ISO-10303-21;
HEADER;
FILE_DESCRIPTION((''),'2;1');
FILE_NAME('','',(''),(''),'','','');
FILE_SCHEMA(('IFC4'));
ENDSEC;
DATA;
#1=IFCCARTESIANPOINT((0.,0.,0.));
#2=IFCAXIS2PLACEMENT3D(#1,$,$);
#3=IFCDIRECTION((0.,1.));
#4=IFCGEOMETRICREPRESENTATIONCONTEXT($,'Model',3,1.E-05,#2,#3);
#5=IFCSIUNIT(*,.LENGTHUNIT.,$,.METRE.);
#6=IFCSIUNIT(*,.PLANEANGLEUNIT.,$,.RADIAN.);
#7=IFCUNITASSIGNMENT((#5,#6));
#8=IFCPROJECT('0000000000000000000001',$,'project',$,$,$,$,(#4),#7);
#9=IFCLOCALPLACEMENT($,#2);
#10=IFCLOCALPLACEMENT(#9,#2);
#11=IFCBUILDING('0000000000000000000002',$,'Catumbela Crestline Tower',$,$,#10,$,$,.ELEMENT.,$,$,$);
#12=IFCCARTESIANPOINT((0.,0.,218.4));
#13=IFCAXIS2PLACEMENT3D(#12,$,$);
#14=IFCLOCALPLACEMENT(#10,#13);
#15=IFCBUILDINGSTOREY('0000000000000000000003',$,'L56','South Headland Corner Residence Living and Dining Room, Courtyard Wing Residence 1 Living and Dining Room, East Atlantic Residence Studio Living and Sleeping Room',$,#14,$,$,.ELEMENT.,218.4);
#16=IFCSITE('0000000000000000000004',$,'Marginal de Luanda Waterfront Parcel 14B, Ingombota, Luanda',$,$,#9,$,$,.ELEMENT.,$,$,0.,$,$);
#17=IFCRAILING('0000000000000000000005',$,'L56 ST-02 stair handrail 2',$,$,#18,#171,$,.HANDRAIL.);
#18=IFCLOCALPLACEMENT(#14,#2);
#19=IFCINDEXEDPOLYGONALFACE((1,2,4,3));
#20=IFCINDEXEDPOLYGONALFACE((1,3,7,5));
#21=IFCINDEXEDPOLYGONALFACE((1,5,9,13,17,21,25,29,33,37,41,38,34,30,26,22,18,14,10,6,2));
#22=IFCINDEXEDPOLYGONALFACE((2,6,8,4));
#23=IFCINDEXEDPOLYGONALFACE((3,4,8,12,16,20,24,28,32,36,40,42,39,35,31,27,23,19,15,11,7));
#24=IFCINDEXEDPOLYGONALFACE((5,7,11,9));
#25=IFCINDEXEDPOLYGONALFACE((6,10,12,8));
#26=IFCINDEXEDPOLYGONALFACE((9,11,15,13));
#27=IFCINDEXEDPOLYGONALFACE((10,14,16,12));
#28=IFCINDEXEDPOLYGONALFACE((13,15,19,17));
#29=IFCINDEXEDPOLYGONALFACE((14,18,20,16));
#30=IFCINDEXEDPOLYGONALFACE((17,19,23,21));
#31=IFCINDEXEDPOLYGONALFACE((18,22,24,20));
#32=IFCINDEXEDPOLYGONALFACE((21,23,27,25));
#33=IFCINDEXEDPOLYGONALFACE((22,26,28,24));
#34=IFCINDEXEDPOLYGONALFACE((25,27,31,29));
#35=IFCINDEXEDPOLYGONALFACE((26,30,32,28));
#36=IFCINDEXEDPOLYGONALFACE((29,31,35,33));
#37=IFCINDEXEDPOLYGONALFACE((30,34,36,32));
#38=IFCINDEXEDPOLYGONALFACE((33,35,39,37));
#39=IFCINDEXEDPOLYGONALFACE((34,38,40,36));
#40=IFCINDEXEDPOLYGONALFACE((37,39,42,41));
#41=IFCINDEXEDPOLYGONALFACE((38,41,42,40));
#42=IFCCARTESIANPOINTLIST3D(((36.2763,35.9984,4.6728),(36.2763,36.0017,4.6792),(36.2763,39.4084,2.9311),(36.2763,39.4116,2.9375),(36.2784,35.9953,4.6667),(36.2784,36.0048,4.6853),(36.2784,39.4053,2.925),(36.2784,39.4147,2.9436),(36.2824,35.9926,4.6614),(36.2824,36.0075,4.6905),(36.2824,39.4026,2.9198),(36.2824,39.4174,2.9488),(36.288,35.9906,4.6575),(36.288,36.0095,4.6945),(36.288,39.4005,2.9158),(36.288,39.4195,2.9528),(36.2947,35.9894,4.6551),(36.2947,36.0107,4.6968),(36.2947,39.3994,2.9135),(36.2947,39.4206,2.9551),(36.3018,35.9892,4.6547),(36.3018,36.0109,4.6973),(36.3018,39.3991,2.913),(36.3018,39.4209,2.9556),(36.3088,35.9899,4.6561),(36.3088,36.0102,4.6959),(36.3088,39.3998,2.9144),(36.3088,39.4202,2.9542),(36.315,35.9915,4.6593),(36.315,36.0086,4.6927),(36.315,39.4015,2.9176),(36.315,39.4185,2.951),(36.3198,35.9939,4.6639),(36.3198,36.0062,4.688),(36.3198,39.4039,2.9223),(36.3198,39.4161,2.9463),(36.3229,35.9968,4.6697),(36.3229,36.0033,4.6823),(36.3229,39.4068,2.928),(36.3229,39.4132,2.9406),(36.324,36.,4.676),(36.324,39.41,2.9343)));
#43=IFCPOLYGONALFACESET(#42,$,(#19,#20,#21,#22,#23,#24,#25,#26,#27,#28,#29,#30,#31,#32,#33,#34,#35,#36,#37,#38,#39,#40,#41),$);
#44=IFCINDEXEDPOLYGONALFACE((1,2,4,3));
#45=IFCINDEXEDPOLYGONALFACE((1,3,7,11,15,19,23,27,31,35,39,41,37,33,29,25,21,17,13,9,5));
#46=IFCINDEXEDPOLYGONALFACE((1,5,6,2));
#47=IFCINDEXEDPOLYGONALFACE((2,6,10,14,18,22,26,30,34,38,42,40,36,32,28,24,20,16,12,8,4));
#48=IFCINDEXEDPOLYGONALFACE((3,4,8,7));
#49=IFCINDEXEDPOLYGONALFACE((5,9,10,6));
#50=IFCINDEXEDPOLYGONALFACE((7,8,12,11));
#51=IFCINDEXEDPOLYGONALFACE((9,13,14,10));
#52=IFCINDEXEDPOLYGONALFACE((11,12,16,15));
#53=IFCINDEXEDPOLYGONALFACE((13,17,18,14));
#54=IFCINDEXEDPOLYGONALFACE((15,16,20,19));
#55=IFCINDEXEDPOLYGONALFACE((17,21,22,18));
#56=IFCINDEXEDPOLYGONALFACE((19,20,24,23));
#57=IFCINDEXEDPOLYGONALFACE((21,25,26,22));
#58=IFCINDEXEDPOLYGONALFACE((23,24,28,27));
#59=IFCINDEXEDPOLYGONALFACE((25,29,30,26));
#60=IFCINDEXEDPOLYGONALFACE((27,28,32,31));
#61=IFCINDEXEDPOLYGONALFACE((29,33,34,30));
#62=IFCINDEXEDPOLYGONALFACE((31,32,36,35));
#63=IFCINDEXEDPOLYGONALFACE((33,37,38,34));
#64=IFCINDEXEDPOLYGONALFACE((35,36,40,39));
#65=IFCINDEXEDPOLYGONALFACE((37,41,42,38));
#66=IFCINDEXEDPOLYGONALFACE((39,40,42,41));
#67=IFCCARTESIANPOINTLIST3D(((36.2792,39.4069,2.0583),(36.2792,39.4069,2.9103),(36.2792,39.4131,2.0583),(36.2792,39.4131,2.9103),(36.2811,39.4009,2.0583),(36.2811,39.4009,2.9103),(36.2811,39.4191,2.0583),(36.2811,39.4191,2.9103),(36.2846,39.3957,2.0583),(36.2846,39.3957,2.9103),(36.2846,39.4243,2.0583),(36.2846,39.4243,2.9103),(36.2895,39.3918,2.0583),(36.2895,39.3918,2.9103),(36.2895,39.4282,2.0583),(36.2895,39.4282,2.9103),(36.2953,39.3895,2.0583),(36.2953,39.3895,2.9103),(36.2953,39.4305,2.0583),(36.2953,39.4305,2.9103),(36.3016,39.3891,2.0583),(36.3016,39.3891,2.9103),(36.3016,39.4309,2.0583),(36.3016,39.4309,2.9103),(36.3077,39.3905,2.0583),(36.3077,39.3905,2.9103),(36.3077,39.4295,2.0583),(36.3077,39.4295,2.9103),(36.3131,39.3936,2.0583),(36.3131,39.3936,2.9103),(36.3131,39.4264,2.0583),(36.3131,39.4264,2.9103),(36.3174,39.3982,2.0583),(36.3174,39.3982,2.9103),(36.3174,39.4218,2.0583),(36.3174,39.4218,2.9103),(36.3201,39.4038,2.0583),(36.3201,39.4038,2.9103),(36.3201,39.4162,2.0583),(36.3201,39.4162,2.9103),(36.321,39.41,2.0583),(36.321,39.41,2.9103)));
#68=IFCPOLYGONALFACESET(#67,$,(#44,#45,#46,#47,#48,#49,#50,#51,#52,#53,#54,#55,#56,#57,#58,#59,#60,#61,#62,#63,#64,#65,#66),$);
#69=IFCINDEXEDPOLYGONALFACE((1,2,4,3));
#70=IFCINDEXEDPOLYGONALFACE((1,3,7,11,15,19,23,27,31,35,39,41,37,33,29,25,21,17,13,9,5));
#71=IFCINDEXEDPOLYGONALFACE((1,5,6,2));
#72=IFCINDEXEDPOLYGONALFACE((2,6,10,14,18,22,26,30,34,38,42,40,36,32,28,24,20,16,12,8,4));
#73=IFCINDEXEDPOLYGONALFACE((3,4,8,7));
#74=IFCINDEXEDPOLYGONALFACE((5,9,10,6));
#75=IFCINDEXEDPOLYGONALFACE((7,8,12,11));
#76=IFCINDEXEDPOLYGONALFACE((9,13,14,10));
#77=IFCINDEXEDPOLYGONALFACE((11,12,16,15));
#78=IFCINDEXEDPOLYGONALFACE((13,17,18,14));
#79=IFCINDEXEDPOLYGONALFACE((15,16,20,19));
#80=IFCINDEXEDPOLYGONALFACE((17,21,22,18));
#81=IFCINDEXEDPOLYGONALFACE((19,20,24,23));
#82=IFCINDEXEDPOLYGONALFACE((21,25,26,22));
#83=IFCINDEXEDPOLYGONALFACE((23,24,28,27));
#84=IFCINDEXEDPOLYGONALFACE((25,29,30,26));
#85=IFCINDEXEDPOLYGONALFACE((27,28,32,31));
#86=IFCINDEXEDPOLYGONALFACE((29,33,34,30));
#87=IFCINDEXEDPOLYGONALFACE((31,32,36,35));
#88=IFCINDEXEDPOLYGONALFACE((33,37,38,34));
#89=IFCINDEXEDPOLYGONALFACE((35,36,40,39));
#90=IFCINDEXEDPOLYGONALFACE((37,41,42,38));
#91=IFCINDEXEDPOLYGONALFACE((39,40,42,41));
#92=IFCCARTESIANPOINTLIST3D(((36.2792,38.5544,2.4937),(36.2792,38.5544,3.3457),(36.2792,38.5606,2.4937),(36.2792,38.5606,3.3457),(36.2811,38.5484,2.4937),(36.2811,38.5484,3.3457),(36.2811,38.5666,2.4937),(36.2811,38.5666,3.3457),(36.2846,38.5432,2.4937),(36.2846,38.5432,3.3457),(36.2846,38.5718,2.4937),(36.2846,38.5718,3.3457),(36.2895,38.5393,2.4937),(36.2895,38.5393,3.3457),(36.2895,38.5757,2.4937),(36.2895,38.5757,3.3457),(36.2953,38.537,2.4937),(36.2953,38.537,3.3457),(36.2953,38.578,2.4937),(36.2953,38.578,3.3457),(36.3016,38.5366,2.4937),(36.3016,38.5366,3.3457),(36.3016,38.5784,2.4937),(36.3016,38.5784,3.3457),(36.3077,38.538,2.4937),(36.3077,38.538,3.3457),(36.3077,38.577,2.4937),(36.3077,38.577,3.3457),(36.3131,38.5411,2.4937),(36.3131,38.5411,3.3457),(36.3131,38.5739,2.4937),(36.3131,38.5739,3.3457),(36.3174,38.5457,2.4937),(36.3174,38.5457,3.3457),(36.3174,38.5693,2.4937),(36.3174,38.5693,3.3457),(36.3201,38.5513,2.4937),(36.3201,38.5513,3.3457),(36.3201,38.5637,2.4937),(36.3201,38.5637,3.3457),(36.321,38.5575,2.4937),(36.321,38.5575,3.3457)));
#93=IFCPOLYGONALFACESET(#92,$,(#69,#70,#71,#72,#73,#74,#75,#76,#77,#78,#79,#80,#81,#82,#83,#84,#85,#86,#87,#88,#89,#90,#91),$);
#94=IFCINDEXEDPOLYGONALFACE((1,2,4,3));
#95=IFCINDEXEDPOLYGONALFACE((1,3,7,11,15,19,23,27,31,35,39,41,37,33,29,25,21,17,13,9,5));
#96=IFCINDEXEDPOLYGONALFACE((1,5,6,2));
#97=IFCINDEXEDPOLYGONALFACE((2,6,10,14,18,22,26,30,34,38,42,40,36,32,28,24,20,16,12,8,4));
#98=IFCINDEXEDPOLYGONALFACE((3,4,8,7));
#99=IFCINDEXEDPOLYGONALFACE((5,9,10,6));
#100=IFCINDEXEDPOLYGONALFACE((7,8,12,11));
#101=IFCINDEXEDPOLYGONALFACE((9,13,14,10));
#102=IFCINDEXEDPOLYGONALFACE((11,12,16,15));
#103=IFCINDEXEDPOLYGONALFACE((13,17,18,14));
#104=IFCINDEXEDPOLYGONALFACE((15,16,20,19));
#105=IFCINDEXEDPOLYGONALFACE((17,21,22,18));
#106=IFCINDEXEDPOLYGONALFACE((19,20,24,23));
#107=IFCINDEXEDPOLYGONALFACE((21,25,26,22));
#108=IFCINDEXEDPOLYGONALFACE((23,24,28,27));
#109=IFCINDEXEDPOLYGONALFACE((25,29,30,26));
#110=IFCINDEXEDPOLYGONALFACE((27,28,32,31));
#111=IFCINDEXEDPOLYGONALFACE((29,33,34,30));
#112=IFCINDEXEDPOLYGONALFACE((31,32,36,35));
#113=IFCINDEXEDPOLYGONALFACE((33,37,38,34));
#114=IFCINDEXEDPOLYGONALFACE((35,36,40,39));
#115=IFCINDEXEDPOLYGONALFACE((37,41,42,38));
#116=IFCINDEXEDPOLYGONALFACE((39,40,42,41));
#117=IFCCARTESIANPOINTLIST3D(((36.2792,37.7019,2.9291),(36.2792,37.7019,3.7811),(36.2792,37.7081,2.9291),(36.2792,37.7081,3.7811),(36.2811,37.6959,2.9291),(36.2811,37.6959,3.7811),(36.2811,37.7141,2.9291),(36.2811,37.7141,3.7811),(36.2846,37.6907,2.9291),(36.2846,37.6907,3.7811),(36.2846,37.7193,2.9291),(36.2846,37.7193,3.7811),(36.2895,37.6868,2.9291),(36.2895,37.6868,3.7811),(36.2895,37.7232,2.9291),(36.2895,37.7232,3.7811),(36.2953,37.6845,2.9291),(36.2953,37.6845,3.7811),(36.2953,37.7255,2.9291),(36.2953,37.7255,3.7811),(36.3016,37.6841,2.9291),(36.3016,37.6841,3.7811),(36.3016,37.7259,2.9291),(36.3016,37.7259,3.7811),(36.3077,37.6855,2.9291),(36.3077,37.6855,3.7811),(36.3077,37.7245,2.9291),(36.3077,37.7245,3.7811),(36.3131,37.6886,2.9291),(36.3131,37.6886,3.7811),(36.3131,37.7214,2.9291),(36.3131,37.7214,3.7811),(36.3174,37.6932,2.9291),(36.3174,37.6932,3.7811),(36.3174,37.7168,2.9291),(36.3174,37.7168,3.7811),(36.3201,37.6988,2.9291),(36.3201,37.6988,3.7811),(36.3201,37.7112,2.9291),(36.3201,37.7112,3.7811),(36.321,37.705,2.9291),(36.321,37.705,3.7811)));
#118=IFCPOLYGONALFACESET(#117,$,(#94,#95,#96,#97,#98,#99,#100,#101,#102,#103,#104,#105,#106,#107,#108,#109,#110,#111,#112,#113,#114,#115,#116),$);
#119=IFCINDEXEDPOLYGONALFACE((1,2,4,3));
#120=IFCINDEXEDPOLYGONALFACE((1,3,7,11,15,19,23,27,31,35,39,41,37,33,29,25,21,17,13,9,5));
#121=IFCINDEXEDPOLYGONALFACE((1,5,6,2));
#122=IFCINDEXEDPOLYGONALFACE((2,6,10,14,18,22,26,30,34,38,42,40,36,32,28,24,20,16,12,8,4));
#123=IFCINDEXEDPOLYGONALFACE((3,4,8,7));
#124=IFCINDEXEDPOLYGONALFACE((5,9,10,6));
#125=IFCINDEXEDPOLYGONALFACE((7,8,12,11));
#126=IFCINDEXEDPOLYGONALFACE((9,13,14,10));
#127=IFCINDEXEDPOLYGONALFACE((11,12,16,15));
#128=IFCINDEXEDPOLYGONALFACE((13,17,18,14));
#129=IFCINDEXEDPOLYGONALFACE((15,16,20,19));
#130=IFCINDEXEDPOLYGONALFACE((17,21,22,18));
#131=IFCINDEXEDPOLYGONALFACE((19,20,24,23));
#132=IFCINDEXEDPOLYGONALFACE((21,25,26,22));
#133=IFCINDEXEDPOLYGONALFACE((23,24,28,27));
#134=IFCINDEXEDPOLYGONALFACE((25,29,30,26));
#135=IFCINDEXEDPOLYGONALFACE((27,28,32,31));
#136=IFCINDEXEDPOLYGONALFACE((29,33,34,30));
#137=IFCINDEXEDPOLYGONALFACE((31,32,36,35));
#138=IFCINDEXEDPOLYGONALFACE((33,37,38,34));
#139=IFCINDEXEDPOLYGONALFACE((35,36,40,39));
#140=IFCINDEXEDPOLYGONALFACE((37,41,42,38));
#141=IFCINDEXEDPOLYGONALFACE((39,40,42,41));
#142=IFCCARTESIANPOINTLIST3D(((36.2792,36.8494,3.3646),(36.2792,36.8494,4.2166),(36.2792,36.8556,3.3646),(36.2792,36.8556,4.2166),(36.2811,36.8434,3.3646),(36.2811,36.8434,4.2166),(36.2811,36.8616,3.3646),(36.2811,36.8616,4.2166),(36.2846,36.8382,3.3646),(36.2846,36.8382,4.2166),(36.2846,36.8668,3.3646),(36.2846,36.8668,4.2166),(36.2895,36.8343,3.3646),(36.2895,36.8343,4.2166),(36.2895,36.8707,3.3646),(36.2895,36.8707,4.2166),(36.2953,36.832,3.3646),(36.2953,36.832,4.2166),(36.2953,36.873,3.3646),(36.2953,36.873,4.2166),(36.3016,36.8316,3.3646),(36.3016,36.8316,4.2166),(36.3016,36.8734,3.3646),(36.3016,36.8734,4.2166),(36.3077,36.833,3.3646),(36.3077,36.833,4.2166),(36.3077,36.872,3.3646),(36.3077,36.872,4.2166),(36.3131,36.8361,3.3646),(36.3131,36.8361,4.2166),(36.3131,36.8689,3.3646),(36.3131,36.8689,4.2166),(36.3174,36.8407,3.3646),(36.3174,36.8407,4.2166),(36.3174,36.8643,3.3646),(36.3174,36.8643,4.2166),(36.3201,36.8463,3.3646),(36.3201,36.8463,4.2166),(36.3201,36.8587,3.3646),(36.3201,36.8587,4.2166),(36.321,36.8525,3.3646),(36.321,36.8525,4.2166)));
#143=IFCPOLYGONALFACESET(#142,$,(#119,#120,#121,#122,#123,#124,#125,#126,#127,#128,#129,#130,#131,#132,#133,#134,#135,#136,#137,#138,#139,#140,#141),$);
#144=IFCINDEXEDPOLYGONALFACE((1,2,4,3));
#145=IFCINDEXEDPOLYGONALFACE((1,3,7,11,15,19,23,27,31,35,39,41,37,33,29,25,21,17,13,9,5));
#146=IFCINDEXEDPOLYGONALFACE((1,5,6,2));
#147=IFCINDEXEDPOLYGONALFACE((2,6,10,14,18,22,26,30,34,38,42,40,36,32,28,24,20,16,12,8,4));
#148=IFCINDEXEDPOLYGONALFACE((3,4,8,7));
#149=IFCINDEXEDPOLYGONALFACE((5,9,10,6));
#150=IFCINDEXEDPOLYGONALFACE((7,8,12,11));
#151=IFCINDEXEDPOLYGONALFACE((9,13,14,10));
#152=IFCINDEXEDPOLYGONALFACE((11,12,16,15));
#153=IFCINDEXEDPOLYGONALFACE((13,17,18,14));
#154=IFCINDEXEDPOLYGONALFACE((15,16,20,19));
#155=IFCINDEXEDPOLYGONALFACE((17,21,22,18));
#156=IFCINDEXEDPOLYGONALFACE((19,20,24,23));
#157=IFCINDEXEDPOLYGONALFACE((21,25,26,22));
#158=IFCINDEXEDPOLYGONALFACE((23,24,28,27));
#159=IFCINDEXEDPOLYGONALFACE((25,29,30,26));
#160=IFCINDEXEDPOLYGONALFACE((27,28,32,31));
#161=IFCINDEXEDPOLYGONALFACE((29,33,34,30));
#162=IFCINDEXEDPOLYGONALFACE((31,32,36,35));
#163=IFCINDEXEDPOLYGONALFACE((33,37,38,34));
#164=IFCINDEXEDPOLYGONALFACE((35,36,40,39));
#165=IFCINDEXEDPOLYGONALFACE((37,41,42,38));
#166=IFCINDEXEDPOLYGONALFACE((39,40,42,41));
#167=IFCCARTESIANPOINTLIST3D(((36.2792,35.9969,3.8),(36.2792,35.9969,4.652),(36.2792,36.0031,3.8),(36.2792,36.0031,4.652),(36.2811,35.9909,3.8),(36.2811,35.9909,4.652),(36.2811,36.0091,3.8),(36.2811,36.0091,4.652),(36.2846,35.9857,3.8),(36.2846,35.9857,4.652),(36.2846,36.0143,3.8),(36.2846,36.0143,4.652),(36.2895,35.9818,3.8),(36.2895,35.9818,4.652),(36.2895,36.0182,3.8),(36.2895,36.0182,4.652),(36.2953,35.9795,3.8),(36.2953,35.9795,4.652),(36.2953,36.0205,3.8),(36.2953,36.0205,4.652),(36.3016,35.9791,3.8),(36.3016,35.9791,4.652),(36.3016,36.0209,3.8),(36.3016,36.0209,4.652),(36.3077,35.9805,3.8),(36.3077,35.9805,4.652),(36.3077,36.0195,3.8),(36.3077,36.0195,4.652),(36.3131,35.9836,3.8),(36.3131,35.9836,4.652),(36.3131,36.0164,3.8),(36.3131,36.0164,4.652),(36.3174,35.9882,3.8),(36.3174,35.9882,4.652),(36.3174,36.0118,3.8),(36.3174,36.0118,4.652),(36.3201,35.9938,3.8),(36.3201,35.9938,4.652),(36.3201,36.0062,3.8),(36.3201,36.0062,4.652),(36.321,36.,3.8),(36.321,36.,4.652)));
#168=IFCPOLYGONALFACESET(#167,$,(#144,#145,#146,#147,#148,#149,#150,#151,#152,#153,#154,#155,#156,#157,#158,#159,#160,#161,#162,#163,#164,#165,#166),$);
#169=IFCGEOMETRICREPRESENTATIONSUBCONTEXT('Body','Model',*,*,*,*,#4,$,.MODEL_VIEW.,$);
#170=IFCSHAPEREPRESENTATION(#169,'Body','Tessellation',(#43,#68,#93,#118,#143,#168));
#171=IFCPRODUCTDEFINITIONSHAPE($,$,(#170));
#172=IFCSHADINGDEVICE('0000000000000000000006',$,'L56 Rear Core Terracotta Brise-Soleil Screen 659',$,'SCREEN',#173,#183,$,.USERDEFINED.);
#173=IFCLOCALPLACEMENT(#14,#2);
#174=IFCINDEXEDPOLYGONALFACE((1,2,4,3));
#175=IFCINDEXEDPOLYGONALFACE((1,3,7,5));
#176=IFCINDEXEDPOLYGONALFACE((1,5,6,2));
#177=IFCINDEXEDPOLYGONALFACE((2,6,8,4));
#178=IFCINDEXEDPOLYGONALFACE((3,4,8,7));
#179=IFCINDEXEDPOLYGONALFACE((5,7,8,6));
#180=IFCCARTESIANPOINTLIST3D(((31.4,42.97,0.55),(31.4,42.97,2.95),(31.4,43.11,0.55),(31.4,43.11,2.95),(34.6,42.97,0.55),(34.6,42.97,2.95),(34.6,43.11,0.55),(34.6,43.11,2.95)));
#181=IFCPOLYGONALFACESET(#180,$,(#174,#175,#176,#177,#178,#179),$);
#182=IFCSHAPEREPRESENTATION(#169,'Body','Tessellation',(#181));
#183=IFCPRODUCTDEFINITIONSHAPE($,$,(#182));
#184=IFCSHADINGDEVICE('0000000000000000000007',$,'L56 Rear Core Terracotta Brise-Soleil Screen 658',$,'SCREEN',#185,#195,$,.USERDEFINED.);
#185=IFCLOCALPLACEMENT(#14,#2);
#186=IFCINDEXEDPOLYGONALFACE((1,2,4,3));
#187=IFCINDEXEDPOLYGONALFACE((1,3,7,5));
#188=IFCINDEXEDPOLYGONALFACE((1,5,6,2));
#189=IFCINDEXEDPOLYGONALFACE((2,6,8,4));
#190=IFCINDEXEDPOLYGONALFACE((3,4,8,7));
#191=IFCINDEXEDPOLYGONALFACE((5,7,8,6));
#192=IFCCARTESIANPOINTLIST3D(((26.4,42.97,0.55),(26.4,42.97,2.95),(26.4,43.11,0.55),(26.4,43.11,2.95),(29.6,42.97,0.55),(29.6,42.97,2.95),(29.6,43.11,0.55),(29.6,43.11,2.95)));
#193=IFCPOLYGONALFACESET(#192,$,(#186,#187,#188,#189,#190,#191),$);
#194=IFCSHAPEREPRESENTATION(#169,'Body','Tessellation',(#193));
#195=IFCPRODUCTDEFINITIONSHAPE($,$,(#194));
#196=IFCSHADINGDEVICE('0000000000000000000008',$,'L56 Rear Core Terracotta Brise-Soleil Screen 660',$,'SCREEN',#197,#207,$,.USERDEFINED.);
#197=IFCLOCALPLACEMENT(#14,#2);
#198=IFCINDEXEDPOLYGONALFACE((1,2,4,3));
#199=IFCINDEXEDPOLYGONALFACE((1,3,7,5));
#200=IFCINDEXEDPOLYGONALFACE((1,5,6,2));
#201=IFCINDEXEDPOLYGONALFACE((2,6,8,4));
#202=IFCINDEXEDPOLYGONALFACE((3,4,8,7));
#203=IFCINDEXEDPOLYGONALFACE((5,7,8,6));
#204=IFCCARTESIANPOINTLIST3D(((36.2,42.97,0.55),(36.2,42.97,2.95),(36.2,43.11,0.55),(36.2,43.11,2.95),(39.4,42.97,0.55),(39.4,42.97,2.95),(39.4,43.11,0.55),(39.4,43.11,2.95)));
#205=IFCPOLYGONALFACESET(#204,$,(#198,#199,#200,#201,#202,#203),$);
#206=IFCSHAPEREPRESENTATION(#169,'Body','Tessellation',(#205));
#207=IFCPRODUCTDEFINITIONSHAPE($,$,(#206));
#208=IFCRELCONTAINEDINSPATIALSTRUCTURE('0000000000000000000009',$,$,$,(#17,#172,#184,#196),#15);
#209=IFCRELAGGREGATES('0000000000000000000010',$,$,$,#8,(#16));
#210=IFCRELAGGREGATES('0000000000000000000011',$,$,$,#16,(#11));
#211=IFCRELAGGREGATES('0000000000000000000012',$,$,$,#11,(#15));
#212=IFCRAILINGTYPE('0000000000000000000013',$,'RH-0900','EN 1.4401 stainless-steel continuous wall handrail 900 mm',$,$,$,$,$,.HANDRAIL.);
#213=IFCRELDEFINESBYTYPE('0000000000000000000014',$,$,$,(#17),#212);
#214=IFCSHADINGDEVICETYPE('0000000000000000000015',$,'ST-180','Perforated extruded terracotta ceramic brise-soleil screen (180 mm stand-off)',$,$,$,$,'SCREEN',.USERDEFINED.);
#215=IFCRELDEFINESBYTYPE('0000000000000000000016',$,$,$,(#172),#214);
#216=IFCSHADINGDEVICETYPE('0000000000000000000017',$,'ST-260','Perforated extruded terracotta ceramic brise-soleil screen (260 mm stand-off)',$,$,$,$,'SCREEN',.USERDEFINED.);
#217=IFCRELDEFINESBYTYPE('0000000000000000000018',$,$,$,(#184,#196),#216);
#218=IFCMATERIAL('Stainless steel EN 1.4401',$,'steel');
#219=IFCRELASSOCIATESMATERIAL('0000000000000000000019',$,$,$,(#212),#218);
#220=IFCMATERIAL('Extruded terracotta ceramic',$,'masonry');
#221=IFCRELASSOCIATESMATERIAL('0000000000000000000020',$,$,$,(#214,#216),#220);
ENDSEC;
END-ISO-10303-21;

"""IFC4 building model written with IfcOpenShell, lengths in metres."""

from ifc_helpers import new_model, si_unit, direction, frame, origin, origin_2d, place, context, subcontext, project, spatial, rectangle, circle, extrude, material, type_object, element, save


model = new_model("IFC4")

# Units and contexts
model_context = context("Model", 3, precision=1e-05, world=origin(), true_north=direction((0.0, 1.0)))
body_context = subcontext(model_context, "Body", "Model", "MODEL_VIEW")
ifc_project = project(units=[si_unit("LENGTHUNIT", "METRE"), si_unit("PLANEANGLEUNIT", "RADIAN")], contexts=[model_context])

# Site, building, storey
site_placement = place(None, origin())
site = spatial("IfcSite", under=ifc_project, at=site_placement, Name="Marginal de Luanda Waterfront Parcel 14B, Ingombota, Luanda", CompositionType="ELEMENT", RefElevation=0.0)
building_placement = place(site_placement, origin())
building = spatial("IfcBuilding", under=site, at=building_placement, Name="Catumbela Crestline Tower", CompositionType="ELEMENT")
storey_placement = place(building_placement, frame((0.0, 0.0, 218.4)))
storey = spatial("IfcBuildingStorey", under=building, at=storey_placement, Name="L56", Description="South Headland Corner Residence Living and Dining Room, Courtyard Wing Residence 1 Living and Dining Room, East Atlantic Residence Studio Living and Sleeping Room", CompositionType="ELEMENT", Elevation=218.4)

# Shared definitions
ifc_material_1 = material(Name="Stainless steel EN 1.4401", Category="steel")

# Railing
railing_type = type_object("IfcRailingType", Name="RH-0900", Description="EN 1.4401 stainless-steel continuous wall handrail 900 mm", PredefinedType="HANDRAIL", material=ifc_material_1)
railing_placement = place(storey_placement, frame((36.3, 39.41, 2.0583)))
element("IfcRailing", 1, at=railing_placement, inside=storey, type_object=railing_type, Name="L56 ST-02 stair handrail 2", PredefinedType="HANDRAIL", context=body_context, shape_type="SweptSolid", body=[
    extrude(circle(Radius=0.024, at=origin_2d()), frame((0.0, 0.0, 0.876), z_axis=(0.0, -0.89056, 0.454865), x_axis=(1.0, 0.0, 0.0)), (0.0, 0.0, 1.0), 3.829),
    extrude(circle(Radius=0.021, at=origin_2d()), origin(), (0.0, 0.0, 1.0), 0.852),
    extrude(circle(Radius=0.021, at=origin_2d()), frame((0.0, -0.8525, 0.4354)), (0.0, 0.0, 1.0), 0.852),
    extrude(circle(Radius=0.021, at=origin_2d()), frame((0.0, -1.705, 0.8708)), (0.0, 0.0, 1.0), 0.852),
    extrude(circle(Radius=0.021, at=origin_2d()), frame((0.0, -2.5575, 1.3063)), (0.0, 0.0, 1.0), 0.852),
    extrude(circle(Radius=0.021, at=origin_2d()), frame((0.0, -3.41, 1.7417)), (0.0, 0.0, 1.0), 0.852),
])

# Shading devices
ifc_material_2 = material(Name="Extruded terracotta ceramic", Category="masonry")
shading_device_type_1 = type_object("IfcShadingDeviceType", Name="ST-180", Description="Perforated extruded terracotta ceramic brise-soleil screen (180 mm stand-off)", ElementType="SCREEN", PredefinedType="USERDEFINED", material=ifc_material_2)
shading_device_placement = place(storey_placement, frame((33.0, 43.04, 0.55), z_axis=(0.0, 0.0, 1.0), x_axis=(1.0, 0.0, 0.0)))
element("IfcShadingDevice", 2, at=shading_device_placement, inside=storey, type_object=shading_device_type_1, Name="L56 Rear Core Terracotta Brise-Soleil Screen 659", ObjectType="SCREEN", PredefinedType="USERDEFINED", context=body_context, shape_type="SweptSolid", body=[
    extrude(rectangle(XDim=3.2, YDim=0.14, at=origin_2d()), origin(), (0.0, 0.0, 1.0), 2.4),
])
shading_device_type_2 = type_object("IfcShadingDeviceType", Name="ST-260", Description="Perforated extruded terracotta ceramic brise-soleil screen (260 mm stand-off)", ElementType="SCREEN", PredefinedType="USERDEFINED", material=ifc_material_2)
for number, where, z_axis, x_axis, name in (
    (3, (28.0, 43.04, 0.55), (0.0, 0.0, 1.0), (1.0, 0.0, 0.0), "L56 Rear Core Terracotta Brise-Soleil Screen 658"),
    (4, (37.8, 43.04, 0.55), (0.0, 0.0, 1.0), (1.0, 0.0, 0.0), "L56 Rear Core Terracotta Brise-Soleil Screen 660"),
):
    element("IfcShadingDevice", number, at=place(storey_placement, frame(where, z_axis=z_axis, x_axis=x_axis)), inside=storey, type_object=shading_device_type_2, Name=name, ObjectType="SCREEN", PredefinedType="USERDEFINED", context=body_context, shape_type="SweptSolid", body=[
        extrude(rectangle(XDim=3.2, YDim=0.14, at=origin_2d()), origin(), (0.0, 0.0, 1.0), 2.4),
    ])

save(model, "model.ifc")
